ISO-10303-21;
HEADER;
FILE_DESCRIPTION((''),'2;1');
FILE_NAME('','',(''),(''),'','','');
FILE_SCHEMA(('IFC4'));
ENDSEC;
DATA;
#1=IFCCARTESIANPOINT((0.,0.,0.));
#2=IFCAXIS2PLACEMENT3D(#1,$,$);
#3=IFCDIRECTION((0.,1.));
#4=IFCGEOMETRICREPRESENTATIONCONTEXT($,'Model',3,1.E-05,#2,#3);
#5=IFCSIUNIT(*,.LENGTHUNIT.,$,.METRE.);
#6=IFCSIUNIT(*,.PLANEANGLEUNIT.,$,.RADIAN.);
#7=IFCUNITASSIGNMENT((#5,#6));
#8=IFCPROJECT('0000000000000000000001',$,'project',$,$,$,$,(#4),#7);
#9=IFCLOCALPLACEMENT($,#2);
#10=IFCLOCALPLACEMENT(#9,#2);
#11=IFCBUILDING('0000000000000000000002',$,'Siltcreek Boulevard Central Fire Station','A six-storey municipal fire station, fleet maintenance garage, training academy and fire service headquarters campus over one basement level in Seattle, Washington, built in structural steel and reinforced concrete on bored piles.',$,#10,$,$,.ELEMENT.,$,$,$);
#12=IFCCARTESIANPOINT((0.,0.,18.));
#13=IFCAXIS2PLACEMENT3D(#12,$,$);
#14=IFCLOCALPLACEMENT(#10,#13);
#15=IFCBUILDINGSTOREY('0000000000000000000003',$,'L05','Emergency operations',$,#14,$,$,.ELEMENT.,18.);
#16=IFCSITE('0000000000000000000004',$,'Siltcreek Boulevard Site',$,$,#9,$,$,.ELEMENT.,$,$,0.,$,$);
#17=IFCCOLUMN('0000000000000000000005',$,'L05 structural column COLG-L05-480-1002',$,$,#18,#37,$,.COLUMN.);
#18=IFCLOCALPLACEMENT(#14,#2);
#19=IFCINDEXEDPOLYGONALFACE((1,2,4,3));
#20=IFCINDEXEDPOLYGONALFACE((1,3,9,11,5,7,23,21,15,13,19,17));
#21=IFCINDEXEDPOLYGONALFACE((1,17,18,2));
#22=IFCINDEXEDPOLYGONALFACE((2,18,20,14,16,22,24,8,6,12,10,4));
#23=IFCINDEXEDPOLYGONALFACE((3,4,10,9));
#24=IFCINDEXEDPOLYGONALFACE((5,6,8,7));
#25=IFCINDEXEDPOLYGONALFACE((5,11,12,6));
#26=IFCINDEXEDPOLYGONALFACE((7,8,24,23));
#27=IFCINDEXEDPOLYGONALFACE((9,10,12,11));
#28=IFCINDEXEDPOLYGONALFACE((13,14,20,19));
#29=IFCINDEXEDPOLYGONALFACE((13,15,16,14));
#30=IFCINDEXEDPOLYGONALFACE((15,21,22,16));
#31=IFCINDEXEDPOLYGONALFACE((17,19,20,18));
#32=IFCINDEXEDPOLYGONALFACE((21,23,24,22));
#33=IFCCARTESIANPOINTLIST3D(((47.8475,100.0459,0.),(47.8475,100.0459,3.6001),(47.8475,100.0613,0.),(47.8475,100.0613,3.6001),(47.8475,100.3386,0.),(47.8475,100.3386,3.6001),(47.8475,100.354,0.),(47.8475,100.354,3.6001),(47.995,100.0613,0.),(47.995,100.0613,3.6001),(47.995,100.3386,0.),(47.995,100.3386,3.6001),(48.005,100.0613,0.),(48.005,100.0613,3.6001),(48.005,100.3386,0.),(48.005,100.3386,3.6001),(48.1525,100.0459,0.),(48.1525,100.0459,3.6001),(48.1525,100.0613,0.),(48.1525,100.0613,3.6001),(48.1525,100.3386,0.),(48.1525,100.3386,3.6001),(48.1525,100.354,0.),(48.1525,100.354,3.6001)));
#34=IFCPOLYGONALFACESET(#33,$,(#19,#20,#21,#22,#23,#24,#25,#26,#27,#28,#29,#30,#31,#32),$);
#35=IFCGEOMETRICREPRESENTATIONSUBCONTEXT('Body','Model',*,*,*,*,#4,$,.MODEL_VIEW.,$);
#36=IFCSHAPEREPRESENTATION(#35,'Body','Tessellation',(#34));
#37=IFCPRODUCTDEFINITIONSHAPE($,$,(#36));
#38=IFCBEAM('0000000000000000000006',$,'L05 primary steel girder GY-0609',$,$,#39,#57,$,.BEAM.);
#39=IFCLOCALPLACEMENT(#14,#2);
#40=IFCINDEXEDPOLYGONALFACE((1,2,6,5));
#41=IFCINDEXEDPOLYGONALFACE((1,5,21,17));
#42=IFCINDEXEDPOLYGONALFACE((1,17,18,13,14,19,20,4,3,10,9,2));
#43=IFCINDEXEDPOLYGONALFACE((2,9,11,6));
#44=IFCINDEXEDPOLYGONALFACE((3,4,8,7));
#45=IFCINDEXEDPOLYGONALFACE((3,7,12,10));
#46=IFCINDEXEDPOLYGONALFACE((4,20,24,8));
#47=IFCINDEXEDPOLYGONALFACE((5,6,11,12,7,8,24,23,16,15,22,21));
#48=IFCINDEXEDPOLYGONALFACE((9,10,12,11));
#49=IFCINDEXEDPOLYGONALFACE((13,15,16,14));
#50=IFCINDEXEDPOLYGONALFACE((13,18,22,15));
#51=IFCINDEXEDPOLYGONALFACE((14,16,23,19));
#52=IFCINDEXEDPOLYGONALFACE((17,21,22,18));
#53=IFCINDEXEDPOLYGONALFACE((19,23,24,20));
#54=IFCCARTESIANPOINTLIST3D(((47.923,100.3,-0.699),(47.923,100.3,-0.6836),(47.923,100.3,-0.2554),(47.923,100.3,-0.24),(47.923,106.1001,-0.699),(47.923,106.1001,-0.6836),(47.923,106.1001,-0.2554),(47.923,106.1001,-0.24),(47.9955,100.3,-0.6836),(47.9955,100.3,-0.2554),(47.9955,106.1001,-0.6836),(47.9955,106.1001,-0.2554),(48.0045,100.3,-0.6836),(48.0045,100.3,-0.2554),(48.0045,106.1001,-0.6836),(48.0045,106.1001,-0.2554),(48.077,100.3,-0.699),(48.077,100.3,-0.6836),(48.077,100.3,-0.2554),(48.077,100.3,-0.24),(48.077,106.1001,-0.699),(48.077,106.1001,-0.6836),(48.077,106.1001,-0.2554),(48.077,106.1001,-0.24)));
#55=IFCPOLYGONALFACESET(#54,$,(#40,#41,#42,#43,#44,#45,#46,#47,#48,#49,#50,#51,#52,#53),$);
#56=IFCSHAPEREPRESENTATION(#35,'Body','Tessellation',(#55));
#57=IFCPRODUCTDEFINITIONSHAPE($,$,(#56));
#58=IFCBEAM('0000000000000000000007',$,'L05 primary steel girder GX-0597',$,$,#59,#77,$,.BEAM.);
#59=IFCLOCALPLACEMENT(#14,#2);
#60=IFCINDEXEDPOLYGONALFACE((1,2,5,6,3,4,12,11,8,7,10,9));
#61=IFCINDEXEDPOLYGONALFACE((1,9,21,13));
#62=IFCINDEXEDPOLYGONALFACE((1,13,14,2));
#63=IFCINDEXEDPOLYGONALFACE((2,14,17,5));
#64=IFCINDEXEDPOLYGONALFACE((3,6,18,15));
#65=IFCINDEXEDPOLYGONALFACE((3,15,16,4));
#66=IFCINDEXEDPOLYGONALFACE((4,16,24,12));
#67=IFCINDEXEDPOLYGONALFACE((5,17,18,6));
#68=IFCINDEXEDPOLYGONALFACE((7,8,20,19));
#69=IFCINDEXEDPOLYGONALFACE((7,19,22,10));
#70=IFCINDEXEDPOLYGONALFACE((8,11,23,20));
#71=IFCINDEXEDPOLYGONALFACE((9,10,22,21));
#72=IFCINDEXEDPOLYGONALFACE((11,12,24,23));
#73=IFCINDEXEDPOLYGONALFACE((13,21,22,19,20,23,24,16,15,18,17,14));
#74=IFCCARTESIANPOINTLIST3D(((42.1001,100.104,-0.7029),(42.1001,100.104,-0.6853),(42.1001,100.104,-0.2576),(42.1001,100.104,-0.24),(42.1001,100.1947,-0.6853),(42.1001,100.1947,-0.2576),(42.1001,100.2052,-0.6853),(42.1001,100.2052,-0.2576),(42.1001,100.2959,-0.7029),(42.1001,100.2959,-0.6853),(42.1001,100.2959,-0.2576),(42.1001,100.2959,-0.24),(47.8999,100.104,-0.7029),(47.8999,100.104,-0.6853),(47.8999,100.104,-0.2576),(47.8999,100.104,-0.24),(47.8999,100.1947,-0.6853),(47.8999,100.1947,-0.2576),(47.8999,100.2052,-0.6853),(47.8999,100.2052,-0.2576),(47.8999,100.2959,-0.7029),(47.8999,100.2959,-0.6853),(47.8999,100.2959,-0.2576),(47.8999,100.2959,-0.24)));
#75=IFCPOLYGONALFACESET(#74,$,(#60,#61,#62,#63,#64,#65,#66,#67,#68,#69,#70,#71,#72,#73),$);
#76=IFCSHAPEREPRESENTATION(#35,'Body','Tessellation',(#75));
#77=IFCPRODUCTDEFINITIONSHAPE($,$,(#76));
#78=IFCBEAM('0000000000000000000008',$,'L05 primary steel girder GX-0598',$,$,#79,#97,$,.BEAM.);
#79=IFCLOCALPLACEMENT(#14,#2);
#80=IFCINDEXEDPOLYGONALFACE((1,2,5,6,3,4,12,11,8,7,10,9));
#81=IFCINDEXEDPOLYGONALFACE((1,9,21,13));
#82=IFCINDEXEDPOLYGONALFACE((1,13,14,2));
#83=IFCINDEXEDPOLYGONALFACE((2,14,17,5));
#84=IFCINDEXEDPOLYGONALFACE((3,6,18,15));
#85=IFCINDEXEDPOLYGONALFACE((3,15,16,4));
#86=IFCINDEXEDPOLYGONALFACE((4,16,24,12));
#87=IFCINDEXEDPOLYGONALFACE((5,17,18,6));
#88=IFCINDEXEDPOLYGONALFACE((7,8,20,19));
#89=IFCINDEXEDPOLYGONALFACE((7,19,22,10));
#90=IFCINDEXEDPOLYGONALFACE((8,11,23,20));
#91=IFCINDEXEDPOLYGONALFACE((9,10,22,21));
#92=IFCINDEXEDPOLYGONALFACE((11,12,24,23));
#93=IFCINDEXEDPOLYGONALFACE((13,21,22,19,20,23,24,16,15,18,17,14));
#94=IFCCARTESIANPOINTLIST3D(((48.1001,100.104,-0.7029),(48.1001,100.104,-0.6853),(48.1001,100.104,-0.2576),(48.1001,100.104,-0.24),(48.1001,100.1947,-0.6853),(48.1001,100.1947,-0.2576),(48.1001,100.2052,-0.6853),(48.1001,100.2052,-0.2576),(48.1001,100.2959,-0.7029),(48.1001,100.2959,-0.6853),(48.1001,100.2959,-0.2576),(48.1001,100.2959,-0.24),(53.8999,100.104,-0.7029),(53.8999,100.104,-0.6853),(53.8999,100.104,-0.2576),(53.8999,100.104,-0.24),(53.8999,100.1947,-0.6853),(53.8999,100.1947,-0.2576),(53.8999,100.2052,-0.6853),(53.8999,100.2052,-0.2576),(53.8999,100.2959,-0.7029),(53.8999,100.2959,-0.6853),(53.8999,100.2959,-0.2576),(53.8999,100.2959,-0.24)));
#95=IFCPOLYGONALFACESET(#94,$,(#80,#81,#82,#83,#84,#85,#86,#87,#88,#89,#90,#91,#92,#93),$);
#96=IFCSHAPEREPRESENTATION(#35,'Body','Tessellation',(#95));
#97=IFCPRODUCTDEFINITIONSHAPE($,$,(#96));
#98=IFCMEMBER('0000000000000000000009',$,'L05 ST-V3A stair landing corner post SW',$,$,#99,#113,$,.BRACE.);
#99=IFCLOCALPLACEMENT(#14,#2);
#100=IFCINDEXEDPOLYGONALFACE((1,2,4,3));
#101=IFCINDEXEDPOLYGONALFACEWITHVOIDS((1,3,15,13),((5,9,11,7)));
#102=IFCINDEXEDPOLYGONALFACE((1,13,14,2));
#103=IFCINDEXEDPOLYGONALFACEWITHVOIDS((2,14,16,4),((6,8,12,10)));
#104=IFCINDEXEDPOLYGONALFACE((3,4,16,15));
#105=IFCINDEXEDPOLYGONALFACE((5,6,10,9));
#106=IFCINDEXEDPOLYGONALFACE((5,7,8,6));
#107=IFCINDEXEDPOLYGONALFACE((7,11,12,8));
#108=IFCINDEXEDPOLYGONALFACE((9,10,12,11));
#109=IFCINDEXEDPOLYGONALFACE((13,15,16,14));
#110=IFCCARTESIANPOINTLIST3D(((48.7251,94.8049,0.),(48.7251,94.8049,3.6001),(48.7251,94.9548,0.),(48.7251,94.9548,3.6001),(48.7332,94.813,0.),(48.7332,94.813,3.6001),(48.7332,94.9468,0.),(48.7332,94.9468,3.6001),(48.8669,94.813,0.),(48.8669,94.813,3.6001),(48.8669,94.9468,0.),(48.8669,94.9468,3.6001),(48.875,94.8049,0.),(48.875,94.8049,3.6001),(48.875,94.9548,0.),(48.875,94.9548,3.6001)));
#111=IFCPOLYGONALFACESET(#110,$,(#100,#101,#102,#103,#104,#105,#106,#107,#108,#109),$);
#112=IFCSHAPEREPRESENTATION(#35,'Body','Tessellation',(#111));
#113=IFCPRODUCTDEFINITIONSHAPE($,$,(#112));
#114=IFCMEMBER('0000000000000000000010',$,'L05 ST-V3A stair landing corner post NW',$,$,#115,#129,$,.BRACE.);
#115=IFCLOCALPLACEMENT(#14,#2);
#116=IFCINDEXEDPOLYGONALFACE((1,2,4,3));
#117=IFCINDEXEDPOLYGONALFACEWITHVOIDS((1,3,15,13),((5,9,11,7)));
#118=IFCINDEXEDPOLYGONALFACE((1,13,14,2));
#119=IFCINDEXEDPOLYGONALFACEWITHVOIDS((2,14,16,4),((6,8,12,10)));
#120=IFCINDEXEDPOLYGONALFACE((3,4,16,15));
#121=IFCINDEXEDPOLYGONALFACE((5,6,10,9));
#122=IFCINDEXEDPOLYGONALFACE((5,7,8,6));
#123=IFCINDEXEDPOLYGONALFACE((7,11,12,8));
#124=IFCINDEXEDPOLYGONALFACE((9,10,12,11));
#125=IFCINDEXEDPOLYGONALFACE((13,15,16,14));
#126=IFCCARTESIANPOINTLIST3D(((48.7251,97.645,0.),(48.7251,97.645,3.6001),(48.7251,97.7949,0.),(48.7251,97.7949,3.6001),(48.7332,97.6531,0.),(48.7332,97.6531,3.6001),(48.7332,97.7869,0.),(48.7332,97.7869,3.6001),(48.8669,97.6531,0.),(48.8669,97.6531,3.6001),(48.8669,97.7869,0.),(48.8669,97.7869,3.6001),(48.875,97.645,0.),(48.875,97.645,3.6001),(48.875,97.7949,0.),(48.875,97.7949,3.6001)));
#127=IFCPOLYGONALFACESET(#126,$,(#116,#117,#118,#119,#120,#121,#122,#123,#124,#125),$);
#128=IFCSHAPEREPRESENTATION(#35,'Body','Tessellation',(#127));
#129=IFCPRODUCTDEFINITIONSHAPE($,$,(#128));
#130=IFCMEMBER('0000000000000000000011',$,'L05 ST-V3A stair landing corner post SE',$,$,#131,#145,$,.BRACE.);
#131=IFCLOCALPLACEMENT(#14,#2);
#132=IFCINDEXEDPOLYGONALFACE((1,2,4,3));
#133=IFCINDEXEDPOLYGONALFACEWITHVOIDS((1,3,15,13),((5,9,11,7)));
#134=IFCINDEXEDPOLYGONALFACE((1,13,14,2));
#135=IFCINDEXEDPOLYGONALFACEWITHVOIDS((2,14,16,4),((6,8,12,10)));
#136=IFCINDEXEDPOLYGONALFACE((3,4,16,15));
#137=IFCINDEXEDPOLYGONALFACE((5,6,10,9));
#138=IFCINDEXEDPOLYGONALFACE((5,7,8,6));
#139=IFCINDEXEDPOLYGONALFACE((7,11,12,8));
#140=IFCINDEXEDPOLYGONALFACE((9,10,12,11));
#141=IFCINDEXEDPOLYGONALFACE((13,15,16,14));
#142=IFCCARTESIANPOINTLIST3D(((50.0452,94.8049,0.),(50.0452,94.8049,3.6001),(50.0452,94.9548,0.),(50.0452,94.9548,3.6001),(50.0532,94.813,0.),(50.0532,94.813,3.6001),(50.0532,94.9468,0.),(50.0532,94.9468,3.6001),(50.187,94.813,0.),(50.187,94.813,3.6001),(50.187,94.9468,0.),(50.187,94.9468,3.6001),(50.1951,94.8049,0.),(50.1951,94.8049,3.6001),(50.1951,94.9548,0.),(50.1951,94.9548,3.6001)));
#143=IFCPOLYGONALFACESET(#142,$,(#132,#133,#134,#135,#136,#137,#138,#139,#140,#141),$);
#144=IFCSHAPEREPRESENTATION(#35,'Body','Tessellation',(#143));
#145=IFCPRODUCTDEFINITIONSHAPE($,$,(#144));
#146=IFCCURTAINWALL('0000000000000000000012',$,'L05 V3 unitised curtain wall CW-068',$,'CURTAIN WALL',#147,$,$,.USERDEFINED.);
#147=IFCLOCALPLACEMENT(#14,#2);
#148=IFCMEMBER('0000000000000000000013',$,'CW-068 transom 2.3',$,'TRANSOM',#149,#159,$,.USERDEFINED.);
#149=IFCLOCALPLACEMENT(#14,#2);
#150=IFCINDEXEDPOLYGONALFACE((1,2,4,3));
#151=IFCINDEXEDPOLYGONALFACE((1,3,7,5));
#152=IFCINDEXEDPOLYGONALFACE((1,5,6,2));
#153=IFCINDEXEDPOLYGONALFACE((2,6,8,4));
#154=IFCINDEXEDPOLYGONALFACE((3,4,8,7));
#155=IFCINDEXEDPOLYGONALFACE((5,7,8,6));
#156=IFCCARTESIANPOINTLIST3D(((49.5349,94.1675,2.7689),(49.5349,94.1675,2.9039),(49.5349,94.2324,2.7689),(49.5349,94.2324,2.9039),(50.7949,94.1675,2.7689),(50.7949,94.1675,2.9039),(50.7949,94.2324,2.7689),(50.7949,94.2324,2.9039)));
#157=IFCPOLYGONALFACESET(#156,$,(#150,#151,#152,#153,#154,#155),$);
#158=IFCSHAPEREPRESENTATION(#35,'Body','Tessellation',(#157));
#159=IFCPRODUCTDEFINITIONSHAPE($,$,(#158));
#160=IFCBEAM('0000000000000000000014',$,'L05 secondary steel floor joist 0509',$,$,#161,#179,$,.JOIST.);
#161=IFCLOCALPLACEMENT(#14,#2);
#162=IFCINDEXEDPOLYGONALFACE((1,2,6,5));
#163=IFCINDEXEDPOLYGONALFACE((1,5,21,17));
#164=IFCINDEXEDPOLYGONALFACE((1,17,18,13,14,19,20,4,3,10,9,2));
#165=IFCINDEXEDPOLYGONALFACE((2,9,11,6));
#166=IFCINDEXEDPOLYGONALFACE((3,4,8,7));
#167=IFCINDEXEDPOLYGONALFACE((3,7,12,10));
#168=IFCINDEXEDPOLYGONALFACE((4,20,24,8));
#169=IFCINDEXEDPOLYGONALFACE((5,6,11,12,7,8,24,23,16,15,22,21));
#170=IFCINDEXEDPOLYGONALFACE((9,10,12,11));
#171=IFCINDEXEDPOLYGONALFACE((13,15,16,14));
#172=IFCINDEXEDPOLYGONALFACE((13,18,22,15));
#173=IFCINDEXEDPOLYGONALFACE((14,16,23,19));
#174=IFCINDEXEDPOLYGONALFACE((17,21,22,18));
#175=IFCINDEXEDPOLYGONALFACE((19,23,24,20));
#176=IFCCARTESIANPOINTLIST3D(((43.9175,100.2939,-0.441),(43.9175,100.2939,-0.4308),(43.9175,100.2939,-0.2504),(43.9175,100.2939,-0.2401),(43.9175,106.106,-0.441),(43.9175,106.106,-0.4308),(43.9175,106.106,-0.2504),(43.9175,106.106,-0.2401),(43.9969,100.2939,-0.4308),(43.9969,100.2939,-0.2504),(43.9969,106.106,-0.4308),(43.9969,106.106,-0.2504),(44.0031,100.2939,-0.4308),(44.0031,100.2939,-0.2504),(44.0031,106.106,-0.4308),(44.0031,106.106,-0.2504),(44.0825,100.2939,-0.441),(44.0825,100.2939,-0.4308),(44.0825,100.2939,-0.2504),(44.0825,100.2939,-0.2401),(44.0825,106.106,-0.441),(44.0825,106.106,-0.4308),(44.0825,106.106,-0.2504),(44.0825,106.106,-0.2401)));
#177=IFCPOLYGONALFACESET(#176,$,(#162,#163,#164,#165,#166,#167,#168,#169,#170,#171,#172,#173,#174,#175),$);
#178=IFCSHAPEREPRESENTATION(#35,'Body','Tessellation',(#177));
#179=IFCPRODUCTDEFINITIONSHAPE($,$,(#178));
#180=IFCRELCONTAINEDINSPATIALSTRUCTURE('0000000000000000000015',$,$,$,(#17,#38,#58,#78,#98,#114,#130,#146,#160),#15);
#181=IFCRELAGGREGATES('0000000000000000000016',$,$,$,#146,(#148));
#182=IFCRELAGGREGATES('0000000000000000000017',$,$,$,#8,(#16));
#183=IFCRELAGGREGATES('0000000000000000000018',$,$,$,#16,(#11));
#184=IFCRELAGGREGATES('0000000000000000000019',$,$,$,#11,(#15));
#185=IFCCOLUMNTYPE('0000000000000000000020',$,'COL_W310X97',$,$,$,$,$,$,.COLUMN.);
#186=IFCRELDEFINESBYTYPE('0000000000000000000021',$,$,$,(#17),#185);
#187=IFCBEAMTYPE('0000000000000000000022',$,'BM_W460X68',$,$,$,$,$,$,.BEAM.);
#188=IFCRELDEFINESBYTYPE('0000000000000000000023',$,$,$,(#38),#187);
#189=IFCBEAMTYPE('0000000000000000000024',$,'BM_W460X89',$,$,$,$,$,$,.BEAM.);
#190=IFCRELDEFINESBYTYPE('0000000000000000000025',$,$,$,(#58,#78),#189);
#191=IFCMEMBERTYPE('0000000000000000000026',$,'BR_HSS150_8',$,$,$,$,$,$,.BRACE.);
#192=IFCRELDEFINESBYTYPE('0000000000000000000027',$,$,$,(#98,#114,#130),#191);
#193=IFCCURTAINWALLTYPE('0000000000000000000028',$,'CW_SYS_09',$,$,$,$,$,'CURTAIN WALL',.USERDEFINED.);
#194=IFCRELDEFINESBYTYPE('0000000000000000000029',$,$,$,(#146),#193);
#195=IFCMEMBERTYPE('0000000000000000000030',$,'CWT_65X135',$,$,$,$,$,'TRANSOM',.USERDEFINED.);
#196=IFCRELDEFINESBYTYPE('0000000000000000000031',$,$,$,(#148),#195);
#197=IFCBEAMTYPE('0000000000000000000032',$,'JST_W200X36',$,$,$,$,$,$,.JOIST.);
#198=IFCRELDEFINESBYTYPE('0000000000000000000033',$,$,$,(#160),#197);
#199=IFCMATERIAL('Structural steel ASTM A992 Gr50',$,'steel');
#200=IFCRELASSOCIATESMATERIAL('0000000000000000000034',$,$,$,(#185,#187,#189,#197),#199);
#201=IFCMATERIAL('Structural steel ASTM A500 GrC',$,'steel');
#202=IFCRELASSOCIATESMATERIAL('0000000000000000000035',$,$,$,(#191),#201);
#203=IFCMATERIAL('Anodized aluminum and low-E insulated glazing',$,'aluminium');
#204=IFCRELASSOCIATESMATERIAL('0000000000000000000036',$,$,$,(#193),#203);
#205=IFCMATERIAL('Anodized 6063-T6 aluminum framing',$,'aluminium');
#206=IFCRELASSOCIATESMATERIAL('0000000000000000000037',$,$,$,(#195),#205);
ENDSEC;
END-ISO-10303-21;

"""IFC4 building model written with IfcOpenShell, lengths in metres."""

from ifc_helpers import new_model, si_unit, direction, frame, origin, origin_2d, place, context, subcontext, project, spatial, rectangle, hollow_rectangle, i_section, extrude, material, material_profile, profile_set, type_object, element, aggregate, save


model = new_model("IFC4")

# Units and contexts
model_context = context("Model", 3, precision=1e-05, world=origin(), true_north=direction((0.0, 1.0)))
body_context = subcontext(model_context, "Body", "Model", "MODEL_VIEW")
ifc_project = project(units=[si_unit("LENGTHUNIT", "METRE"), si_unit("PLANEANGLEUNIT", "RADIAN")], contexts=[model_context])

# Site, building, storey
site_placement = place(None, origin())
site = spatial("IfcSite", under=ifc_project, at=site_placement, Name="Siltcreek Boulevard Site", CompositionType="ELEMENT", RefElevation=0.0)
building_placement = place(site_placement, origin())
building = spatial("IfcBuilding", under=site, at=building_placement, Name="Siltcreek Boulevard Central Fire Station", Description="A six-storey municipal fire station, fleet maintenance garage, training academy and fire service headquarters campus over one basement level in Seattle, Washington, built in structural steel and reinforced concrete on bored piles.", CompositionType="ELEMENT")
storey_placement = place(building_placement, frame((0.0, 0.0, 18.0)))
storey = spatial("IfcBuildingStorey", under=building, at=storey_placement, Name="L05", Description="Emergency operations", CompositionType="ELEMENT", Elevation=18.0)

# Column
ifc_material_1 = material(Name="Structural steel ASTM A992 Gr50", Category="steel")
ifc_material_profile_1 = material_profile(ifc_material_1, i_section(OverallWidth=0.3049, OverallDepth=0.3081, WebThickness=0.01, FlangeThickness=0.0154, at=origin_2d()), Name="W310X97")
ifc_profile_set_1 = profile_set([ifc_material_profile_1], Name="Structural steel ASTM A992 Gr50")
column_type = type_object("IfcColumnType", Name="COL_W310X97", PredefinedType="COLUMN", material=ifc_profile_set_1)
column_placement = place(storey_placement, frame((48.0, 100.2, 0.0), z_axis=(0.0, 0.0, 1.0), x_axis=(1.0, 0.0, 0.0)))
element("IfcColumn", 1, at=column_placement, inside=storey, type_object=column_type, Name="L05 structural column COLG-L05-480-1002", PredefinedType="COLUMN", context=body_context, shape_type="SweptSolid", body=[
    extrude(i_section(OverallWidth=0.3049, OverallDepth=0.3081, WebThickness=0.01, FlangeThickness=0.0154, at=origin_2d()), origin(), (0.0, 0.0, 1.0), 3.6001),
])

# Beams
ifc_material_profile_2 = material_profile(ifc_material_1, i_section(OverallWidth=0.1541, OverallDepth=0.459, WebThickness=0.009, FlangeThickness=0.0154, at=origin_2d()), Name="W460X68")
ifc_profile_set_2 = profile_set([ifc_material_profile_2], Name="Structural steel ASTM A992 Gr50")
beam_type_1 = type_object("IfcBeamType", Name="BM_W460X68", PredefinedType="BEAM", material=ifc_profile_set_2)
beam_1_placement = place(storey_placement, frame((48.0, 100.3, -0.4695), z_axis=(0.0, 1.0, 0.0), x_axis=(-1.0, 0.0, 0.0)))
element("IfcBeam", 2, at=beam_1_placement, inside=storey, type_object=beam_type_1, Name="L05 primary steel girder GY-0609", PredefinedType="BEAM", context=body_context, shape_type="SweptSolid", body=[
    extrude(i_section(OverallWidth=0.1541, OverallDepth=0.459, WebThickness=0.009, FlangeThickness=0.0154, at=origin_2d()), origin(), (0.0, 0.0, 1.0), 5.8),
])
ifc_material_profile_3 = material_profile(ifc_material_1, i_section(OverallWidth=0.1919, OverallDepth=0.4629, WebThickness=0.0105, FlangeThickness=0.0176, at=origin_2d()), Name="W460X89")
ifc_profile_set_3 = profile_set([ifc_material_profile_3], Name="Structural steel ASTM A992 Gr50")
beam_type_2 = type_object("IfcBeamType", Name="BM_W460X89", PredefinedType="BEAM", material=ifc_profile_set_3)
for number, where, z_axis, x_axis, name in (
    (3, (42.1001, 100.2, -0.4714), (1.0, 0.0, 0.0), (0.0, 1.0, 0.0), "L05 primary steel girder GX-0597"),
    (4, (48.1001, 100.2, -0.4714), (1.0, 0.0, 0.0), (0.0, 1.0, 0.0), "L05 primary steel girder GX-0598"),
):
    element("IfcBeam", number, at=place(storey_placement, frame(where, z_axis=z_axis, x_axis=x_axis)), inside=storey, type_object=beam_type_2, Name=name, PredefinedType="BEAM", context=body_context, shape_type="SweptSolid", body=[
        extrude(i_section(OverallWidth=0.1919, OverallDepth=0.4629, WebThickness=0.0105, FlangeThickness=0.0176, at=origin_2d()), origin(), (0.0, 0.0, 1.0), 5.7998),
    ])

# Members
ifc_material_2 = material(Name="Structural steel ASTM A500 GrC", Category="steel")
ifc_material_profile_4 = material_profile(ifc_material_2, hollow_rectangle(XDim=0.1499, YDim=0.1499, WallThickness=0.0081, at=origin_2d()), Name="HSS150X150X8.0")
ifc_profile_set_4 = profile_set([ifc_material_profile_4], Name="Structural steel ASTM A500 GrC")
member_type_1 = type_object("IfcMemberType", Name="BR_HSS150_8", PredefinedType="BRACE", material=ifc_profile_set_4)
for number, where, z_axis, x_axis, name in (
    (5, (48.8, 94.8799, 0.0), (0.0, 0.0, 1.0), (1.0, 0.0, 0.0), "L05 ST-V3A stair landing corner post SW"),
    (6, (48.8, 97.72, 0.0), (0.0, 0.0, 1.0), (1.0, 0.0, 0.0), "L05 ST-V3A stair landing corner post NW"),
    (7, (50.1201, 94.8799, 0.0), (0.0, 0.0, 1.0), (1.0, 0.0, 0.0), "L05 ST-V3A stair landing corner post SE"),
):
    element("IfcMember", number, at=place(storey_placement, frame(where, z_axis=z_axis, x_axis=x_axis)), inside=storey, type_object=member_type_1, Name=name, PredefinedType="BRACE", context=body_context, shape_type="SweptSolid", body=[
        extrude(hollow_rectangle(XDim=0.1499, YDim=0.1499, WallThickness=0.0081, at=origin_2d()), origin(), (0.0, 0.0, 1.0), 3.6001),
    ])

# Curtain wall, member
ifc_material_3 = material(Name="Anodized aluminum and low-E insulated glazing", Category="aluminium")
curtain_wall_type = type_object("IfcCurtainWallType", Name="CW_SYS_09", ElementType="CURTAIN WALL", PredefinedType="USERDEFINED", material=ifc_material_3)
curtain_wall_placement = place(storey_placement, origin())
curtain_wall = element("IfcCurtainWall", 8, at=curtain_wall_placement, inside=storey, type_object=curtain_wall_type, Name="L05 V3 unitised curtain wall CW-068", ObjectType="CURTAIN WALL", PredefinedType="USERDEFINED")
ifc_material_4 = material(Name="Anodized 6063-T6 aluminum framing", Category="aluminium")
ifc_material_profile_5 = material_profile(ifc_material_4, rectangle(XDim=0.0649, YDim=0.135, at=origin_2d()), Name="TRAN65X135")
ifc_profile_set_5 = profile_set([ifc_material_profile_5], Name="Anodized 6063-T6 aluminum framing")
member_type_2 = type_object("IfcMemberType", Name="CWT_65X135", ElementType="TRANSOM", PredefinedType="USERDEFINED", material=ifc_profile_set_5)
member_placement = place(storey_placement, frame((49.5349, 94.2, 2.8364), z_axis=(1.0, 0.0, 0.0), x_axis=(0.0, 1.0, 0.0)))
member = element("IfcMember", 9, at=member_placement, type_object=member_type_2, Name="CW-068 transom 2.3", ObjectType="TRANSOM", PredefinedType="USERDEFINED", context=body_context, shape_type="SweptSolid", body=[
    extrude(rectangle(XDim=0.0649, YDim=0.135, at=origin_2d()), origin(), (0.0, 0.0, 1.0), 1.26),
])
aggregate(curtain_wall, [member])

# Beam
ifc_material_profile_6 = material_profile(ifc_material_1, i_section(OverallWidth=0.165, OverallDepth=0.2009, WebThickness=0.0061, FlangeThickness=0.0103, at=origin_2d()), Name="W200X36")
ifc_profile_set_6 = profile_set([ifc_material_profile_6], Name="Structural steel ASTM A992 Gr50")
beam_type_3 = type_object("IfcBeamType", Name="JST_W200X36", PredefinedType="JOIST", material=ifc_profile_set_6)
beam_2_placement = place(storey_placement, frame((44.0, 100.2939, -0.3406), z_axis=(0.0, 1.0, 0.0), x_axis=(-1.0, 0.0, 0.0)))
element("IfcBeam", 10, at=beam_2_placement, inside=storey, type_object=beam_type_3, Name="L05 secondary steel floor joist 0509", PredefinedType="JOIST", context=body_context, shape_type="SweptSolid", body=[
    extrude(i_section(OverallWidth=0.165, OverallDepth=0.2009, WebThickness=0.0061, FlangeThickness=0.0103, at=origin_2d()), origin(), (0.0, 0.0, 1.0), 5.812),
])

save(model, "model.ifc")
